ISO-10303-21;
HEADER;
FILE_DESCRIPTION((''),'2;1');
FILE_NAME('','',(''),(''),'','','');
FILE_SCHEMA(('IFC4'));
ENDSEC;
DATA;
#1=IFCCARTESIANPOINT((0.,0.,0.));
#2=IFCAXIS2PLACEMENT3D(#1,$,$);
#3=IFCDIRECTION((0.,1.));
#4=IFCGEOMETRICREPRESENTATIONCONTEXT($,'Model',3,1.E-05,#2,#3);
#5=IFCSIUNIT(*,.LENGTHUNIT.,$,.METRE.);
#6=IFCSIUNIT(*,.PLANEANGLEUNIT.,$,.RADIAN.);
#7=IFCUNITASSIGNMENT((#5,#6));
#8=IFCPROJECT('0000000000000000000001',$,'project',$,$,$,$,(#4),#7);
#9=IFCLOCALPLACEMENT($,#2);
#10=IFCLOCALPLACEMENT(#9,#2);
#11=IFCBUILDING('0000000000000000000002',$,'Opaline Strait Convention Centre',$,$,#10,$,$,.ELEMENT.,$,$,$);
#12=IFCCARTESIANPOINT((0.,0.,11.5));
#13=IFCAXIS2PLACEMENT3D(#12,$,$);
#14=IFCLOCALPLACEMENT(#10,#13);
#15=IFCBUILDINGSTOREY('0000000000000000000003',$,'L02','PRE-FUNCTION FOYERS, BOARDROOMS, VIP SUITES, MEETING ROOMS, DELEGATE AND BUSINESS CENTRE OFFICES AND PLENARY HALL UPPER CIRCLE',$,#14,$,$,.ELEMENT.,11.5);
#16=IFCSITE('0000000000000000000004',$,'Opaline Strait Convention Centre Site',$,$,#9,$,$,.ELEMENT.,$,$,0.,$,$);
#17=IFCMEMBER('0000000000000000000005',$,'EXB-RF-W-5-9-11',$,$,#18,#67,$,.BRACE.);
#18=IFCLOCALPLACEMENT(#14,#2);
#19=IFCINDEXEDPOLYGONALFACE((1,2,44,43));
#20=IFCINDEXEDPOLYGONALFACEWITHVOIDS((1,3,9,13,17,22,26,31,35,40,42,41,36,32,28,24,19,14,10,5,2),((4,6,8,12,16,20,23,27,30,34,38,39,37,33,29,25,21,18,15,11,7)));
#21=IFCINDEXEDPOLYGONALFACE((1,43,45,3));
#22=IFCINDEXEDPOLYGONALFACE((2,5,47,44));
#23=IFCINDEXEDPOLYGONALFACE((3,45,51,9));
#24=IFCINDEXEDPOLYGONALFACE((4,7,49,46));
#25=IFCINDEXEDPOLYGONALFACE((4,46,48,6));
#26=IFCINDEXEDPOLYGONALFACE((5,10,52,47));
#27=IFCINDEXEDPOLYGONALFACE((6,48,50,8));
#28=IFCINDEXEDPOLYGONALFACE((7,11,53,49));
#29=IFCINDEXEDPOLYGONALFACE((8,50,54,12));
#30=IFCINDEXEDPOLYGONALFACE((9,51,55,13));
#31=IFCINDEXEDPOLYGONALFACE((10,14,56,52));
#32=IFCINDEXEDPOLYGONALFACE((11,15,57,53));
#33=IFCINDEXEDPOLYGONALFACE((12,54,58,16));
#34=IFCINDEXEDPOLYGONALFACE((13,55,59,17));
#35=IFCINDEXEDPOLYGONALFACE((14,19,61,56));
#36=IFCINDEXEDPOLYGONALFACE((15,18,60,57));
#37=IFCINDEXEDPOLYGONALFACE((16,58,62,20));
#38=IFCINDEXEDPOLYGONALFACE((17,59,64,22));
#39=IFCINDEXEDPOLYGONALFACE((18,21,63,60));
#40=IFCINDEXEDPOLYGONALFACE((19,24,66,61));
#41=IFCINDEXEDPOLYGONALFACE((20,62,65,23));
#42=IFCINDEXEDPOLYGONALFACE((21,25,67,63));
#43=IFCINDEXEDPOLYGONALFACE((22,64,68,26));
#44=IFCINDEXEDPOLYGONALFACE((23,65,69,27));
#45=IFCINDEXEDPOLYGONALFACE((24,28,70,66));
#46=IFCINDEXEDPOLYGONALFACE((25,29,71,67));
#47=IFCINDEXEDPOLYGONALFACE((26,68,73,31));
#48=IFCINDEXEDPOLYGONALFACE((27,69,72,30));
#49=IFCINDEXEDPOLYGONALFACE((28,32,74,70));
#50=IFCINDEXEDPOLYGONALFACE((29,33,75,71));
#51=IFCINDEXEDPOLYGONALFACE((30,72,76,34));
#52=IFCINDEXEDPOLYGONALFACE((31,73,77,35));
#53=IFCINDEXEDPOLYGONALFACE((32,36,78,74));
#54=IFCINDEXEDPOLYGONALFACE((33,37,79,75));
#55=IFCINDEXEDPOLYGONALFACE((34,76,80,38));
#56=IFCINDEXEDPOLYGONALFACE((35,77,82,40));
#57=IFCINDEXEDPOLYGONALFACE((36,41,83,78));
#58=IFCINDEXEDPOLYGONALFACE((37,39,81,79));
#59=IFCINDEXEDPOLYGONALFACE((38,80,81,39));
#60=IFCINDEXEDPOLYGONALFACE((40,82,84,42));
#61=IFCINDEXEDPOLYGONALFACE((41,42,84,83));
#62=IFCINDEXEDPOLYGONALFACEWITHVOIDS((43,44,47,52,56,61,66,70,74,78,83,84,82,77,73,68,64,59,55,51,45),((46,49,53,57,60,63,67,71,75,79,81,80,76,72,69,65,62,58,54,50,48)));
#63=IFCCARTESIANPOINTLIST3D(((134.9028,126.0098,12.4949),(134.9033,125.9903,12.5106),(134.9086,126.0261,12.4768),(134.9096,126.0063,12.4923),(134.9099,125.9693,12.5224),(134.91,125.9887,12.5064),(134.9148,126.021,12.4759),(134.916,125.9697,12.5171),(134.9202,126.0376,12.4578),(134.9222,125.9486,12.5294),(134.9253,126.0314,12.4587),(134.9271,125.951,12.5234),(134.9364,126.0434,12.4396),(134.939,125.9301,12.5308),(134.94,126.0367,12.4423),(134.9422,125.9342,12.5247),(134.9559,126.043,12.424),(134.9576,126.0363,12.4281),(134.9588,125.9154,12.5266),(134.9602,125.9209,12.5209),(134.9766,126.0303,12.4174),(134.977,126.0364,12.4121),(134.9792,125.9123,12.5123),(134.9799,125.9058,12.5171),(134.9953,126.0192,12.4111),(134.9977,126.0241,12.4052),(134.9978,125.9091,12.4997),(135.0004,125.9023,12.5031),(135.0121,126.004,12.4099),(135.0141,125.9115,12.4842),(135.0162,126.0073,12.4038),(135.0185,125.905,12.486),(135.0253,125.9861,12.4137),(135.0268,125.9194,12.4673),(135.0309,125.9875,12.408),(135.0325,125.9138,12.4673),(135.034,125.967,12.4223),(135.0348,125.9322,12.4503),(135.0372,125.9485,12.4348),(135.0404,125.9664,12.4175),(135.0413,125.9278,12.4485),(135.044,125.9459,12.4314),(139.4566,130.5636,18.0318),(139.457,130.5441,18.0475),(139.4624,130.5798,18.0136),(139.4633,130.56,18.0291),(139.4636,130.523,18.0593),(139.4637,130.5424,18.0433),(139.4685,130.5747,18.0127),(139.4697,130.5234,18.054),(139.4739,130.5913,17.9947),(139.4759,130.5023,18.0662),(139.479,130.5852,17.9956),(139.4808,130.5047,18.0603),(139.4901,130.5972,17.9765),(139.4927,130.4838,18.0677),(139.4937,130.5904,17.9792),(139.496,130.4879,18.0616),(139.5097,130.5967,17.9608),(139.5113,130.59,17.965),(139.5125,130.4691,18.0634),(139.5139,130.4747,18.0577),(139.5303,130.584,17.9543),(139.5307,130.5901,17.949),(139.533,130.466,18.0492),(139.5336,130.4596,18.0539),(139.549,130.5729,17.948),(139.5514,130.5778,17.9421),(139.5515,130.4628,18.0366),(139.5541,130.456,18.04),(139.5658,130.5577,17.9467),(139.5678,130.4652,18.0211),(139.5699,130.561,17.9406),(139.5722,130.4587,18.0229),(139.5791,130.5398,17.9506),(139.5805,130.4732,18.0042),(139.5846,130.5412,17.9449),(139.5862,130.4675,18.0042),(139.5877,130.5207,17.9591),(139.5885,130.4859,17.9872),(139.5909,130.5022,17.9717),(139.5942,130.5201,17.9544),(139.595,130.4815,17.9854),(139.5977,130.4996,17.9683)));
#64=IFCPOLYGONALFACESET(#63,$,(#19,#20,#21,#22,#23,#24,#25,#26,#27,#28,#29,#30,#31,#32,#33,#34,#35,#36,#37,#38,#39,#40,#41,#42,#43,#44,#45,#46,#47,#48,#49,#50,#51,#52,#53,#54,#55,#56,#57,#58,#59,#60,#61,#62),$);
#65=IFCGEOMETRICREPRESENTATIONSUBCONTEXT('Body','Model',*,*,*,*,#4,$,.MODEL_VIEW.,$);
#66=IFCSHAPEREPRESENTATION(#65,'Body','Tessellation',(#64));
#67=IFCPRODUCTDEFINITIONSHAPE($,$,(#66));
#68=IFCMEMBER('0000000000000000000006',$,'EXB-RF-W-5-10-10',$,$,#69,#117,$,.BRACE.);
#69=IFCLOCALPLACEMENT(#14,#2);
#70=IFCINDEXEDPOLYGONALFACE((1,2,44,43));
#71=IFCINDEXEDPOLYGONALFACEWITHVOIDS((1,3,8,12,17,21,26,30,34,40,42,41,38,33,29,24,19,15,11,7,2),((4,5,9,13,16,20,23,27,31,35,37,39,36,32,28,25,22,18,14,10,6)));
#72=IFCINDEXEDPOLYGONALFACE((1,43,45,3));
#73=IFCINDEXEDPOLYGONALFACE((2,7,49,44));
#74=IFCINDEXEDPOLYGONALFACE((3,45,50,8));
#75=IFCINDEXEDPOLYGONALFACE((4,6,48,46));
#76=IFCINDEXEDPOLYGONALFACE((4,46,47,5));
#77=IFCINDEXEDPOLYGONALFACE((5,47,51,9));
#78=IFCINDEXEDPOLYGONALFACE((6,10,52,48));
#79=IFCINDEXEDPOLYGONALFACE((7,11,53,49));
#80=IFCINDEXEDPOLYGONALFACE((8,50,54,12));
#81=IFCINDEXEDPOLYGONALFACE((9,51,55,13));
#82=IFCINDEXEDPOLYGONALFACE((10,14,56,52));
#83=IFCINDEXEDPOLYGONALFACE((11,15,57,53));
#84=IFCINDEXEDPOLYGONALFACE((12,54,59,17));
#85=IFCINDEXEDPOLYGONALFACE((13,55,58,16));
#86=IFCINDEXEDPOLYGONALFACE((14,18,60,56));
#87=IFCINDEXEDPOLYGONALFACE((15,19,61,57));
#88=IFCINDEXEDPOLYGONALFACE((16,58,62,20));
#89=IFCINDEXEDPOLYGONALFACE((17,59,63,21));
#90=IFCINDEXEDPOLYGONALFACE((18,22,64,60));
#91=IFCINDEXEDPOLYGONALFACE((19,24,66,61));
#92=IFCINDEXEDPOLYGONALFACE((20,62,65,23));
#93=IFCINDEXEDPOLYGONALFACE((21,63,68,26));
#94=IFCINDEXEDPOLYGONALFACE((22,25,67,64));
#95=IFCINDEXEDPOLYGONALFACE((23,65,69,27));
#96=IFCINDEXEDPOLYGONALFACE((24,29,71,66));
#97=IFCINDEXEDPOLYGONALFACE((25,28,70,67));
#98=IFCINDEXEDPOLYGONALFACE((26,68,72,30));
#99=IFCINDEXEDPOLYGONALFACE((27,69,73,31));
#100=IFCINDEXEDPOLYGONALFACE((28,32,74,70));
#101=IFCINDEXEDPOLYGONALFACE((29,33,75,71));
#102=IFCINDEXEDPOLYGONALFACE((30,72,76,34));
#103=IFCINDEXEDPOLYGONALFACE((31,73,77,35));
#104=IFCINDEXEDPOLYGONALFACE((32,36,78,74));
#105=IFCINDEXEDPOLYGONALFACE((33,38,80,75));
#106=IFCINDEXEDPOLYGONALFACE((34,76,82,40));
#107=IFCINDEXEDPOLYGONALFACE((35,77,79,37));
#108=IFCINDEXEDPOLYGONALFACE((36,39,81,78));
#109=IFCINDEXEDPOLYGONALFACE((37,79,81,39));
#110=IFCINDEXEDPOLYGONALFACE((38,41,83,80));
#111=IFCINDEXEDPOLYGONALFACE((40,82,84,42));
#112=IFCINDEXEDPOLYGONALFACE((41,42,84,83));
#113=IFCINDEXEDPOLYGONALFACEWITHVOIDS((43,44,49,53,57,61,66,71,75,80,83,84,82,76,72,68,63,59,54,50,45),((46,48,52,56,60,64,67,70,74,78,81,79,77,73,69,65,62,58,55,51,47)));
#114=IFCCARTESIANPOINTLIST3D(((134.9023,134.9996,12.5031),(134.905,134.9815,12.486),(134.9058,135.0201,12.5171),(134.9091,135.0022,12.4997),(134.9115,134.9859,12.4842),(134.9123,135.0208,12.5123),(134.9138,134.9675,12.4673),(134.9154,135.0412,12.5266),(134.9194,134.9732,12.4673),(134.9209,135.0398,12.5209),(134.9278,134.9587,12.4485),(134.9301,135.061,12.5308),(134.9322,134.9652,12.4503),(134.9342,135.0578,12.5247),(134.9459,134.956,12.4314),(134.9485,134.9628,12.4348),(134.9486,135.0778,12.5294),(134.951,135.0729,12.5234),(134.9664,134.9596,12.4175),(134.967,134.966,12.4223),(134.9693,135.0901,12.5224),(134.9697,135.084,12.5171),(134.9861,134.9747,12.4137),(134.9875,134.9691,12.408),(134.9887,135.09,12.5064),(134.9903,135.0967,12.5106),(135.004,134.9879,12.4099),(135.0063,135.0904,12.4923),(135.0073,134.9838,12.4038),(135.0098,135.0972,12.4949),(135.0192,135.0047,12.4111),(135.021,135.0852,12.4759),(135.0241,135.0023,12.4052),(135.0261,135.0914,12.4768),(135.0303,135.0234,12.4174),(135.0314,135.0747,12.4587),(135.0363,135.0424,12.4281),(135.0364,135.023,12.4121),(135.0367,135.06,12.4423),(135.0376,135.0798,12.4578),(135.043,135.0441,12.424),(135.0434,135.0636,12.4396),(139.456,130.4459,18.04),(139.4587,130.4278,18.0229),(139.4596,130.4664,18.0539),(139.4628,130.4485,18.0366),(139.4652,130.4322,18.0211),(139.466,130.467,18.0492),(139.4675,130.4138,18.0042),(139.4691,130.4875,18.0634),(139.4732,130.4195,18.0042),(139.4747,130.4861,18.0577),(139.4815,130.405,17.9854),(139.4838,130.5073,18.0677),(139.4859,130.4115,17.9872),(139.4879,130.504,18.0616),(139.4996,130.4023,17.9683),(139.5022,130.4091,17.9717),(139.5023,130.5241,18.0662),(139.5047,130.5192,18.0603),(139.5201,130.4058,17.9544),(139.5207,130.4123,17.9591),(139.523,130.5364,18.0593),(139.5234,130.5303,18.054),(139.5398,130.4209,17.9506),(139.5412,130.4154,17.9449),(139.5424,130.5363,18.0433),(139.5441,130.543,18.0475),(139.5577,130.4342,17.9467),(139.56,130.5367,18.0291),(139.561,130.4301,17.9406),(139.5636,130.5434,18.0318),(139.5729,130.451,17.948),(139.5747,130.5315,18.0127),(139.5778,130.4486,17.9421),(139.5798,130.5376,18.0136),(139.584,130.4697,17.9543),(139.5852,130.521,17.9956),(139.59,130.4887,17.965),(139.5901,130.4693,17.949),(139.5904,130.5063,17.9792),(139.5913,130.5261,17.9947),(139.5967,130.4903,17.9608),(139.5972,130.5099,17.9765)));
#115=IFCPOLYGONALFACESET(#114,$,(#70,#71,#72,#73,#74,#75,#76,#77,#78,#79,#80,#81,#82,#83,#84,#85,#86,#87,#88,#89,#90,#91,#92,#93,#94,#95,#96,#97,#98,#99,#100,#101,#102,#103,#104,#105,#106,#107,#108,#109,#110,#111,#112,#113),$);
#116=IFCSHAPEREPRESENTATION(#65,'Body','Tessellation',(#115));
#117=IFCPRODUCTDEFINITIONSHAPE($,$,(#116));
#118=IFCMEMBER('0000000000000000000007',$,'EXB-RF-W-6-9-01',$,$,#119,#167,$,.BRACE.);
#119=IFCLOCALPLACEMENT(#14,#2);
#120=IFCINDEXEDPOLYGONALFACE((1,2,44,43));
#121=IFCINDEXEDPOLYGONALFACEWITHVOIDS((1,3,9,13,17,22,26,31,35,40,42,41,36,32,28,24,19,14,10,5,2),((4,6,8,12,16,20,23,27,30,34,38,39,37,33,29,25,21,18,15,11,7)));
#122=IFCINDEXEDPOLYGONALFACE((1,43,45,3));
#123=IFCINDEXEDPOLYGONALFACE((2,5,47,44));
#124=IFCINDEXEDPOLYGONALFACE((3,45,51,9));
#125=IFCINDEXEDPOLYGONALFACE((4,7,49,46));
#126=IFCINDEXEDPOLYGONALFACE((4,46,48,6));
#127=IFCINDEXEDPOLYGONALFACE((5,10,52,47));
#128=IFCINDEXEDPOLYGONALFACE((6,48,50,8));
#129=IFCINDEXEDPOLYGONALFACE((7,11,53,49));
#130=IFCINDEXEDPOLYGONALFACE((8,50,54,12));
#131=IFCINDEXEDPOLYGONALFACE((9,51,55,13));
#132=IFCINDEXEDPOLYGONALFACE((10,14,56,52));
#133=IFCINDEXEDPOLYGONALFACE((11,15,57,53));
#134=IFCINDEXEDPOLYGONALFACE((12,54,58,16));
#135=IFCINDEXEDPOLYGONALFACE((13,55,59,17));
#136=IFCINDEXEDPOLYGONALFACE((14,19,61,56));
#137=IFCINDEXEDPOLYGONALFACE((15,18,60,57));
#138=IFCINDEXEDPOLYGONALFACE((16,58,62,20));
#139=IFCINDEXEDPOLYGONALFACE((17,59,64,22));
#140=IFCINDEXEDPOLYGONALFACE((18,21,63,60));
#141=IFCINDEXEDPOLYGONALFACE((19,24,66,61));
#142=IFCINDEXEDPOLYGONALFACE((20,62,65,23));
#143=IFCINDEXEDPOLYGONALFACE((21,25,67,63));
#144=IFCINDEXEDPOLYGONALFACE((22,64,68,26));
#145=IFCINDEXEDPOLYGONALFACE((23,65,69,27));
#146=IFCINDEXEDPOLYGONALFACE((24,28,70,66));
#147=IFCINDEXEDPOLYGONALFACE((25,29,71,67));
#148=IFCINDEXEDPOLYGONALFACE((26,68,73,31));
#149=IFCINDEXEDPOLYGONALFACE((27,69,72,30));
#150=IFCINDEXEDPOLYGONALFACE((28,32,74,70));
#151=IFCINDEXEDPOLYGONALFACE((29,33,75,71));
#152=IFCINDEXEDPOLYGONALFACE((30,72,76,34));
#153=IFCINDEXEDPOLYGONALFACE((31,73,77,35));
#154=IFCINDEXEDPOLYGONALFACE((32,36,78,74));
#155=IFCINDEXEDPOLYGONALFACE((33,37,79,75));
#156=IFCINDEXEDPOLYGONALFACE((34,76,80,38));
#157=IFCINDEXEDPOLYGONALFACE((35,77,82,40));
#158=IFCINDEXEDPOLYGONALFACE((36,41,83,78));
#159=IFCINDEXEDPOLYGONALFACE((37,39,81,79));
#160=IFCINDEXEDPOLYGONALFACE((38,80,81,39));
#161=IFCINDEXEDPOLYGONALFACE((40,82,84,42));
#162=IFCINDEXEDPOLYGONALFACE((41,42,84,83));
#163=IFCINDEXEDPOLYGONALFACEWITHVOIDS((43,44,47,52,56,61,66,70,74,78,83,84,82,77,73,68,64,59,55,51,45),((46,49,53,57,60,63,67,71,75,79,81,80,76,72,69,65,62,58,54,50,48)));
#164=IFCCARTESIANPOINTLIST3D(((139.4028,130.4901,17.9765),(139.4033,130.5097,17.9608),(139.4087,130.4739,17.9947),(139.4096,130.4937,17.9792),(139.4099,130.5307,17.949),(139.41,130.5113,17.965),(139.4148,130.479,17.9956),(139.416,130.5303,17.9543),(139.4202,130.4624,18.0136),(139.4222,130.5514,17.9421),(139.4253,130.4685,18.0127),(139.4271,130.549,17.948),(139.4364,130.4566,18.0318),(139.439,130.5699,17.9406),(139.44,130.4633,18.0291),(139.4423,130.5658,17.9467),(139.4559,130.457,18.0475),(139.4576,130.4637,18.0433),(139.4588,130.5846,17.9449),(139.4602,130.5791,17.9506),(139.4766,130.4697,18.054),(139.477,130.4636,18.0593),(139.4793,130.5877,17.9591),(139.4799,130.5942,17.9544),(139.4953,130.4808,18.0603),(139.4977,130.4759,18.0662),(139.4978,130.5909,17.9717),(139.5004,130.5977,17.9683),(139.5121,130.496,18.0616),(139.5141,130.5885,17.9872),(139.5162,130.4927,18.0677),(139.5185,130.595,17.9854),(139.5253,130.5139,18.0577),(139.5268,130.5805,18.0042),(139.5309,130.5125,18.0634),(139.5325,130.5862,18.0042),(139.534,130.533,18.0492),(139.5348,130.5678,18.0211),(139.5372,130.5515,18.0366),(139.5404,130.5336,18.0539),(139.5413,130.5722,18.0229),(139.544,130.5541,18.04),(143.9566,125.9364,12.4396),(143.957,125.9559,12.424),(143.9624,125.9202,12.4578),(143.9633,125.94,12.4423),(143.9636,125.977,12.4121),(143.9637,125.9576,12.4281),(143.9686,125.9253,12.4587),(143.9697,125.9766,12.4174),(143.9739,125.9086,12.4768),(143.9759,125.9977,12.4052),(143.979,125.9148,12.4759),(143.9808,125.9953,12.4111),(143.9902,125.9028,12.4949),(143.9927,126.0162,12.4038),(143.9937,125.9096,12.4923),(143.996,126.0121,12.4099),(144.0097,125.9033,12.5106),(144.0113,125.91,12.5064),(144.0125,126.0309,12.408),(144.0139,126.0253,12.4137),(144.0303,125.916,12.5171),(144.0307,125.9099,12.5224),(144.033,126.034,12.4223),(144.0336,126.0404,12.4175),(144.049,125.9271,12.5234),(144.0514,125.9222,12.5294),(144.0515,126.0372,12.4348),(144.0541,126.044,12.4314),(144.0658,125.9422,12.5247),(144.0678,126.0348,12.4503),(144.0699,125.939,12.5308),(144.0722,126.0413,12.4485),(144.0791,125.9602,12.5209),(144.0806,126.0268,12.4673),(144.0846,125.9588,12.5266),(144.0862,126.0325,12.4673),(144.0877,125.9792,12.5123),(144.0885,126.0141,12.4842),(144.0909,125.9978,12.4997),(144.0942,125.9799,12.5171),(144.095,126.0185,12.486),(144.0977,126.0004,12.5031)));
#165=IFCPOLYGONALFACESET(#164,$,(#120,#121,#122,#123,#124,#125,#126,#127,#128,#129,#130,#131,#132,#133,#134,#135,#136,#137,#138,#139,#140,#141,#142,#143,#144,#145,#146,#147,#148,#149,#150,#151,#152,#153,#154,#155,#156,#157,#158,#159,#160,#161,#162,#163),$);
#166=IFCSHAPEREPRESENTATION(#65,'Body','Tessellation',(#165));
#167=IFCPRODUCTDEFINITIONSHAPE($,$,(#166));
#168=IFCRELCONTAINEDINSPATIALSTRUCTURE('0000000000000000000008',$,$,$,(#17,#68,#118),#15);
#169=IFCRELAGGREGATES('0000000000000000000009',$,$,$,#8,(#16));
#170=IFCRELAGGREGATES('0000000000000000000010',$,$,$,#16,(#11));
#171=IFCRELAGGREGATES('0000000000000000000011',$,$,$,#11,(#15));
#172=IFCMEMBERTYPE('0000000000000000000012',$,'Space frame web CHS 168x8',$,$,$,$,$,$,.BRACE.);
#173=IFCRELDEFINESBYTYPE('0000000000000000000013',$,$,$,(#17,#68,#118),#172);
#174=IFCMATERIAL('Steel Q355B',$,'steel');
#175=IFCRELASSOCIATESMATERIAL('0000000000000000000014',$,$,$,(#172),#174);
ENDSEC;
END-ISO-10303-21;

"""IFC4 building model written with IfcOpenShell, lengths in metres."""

from ifc_helpers import new_model, si_unit, direction, frame, origin, origin_2d, place, context, subcontext, project, spatial, hollow_circle, extrude, material, material_profile, profile_set, type_object, element, save


model = new_model("IFC4")

# Units and contexts
model_context = context("Model", 3, precision=1e-05, world=origin(), true_north=direction((0.0, 1.0)))
body_context = subcontext(model_context, "Body", "Model", "MODEL_VIEW")
ifc_project = project(units=[si_unit("LENGTHUNIT", "METRE"), si_unit("PLANEANGLEUNIT", "RADIAN")], contexts=[model_context])

# Site, building, storey
site_placement = place(None, origin())
site = spatial("IfcSite", under=ifc_project, at=site_placement, Name="Opaline Strait Convention Centre Site", CompositionType="ELEMENT", RefElevation=0.0)
building_placement = place(site_placement, origin())
building = spatial("IfcBuilding", under=site, at=building_placement, Name="Opaline Strait Convention Centre", CompositionType="ELEMENT")
storey_placement = place(building_placement, frame((0.0, 0.0, 11.5)))
storey = spatial("IfcBuildingStorey", under=building, at=storey_placement, Name="L02", Description="PRE-FUNCTION FOYERS, BOARDROOMS, VIP SUITES, MEETING ROOMS, DELEGATE AND BUSINESS CENTRE OFFICES AND PLENARY HALL UPPER CIRCLE", CompositionType="ELEMENT", Elevation=11.5)

# Members
ifc_material = material(Name="Steel Q355B", Category="steel")
ifc_material_profile_1 = material_profile(ifc_material, hollow_circle(Radius=0.084, WallThickness=0.0081, at=origin_2d()), Name="CHS 168x8")
ifc_profile_set_1 = profile_set([ifc_material_profile_1], Name="Steel Q355B")
member_type_1 = type_object("IfcMemberType", Name="Space frame web CHS 168x8", PredefinedType="BRACE", material=ifc_profile_set_1)
for number, where, z_axis, x_axis, name in (
    (1, (139.5269, 130.5269, 18.0042), (-0.536178, -0.536178, -0.65194), (0.707107, -0.707107, 0.0), "EXB-RF-W-5-9-11"),
    (2, (139.5269, 130.4731, 18.0042), (-0.536178, 0.536178, -0.65194), (-0.707107, -0.707107, 0.0), "EXB-RF-W-5-10-10"),
    (3, (139.4731, 130.5269, 18.0042), (0.536178, -0.536178, -0.65194), (0.707107, 0.707107, 0.0), "EXB-RF-W-6-9-01"),
):
    element("IfcMember", number, at=place(storey_placement, frame(where, z_axis=z_axis, x_axis=x_axis)), inside=storey, type_object=member_type_1, Name=name, PredefinedType="BRACE", context=body_context, shape_type="SweptSolid", body=[
        extrude(hollow_circle(Radius=0.084, WallThickness=0.0081, at=origin_2d()), origin(), (0.0, 0.0, 1.0), 8.4929),
    ])

save(model, "model.ifc")
